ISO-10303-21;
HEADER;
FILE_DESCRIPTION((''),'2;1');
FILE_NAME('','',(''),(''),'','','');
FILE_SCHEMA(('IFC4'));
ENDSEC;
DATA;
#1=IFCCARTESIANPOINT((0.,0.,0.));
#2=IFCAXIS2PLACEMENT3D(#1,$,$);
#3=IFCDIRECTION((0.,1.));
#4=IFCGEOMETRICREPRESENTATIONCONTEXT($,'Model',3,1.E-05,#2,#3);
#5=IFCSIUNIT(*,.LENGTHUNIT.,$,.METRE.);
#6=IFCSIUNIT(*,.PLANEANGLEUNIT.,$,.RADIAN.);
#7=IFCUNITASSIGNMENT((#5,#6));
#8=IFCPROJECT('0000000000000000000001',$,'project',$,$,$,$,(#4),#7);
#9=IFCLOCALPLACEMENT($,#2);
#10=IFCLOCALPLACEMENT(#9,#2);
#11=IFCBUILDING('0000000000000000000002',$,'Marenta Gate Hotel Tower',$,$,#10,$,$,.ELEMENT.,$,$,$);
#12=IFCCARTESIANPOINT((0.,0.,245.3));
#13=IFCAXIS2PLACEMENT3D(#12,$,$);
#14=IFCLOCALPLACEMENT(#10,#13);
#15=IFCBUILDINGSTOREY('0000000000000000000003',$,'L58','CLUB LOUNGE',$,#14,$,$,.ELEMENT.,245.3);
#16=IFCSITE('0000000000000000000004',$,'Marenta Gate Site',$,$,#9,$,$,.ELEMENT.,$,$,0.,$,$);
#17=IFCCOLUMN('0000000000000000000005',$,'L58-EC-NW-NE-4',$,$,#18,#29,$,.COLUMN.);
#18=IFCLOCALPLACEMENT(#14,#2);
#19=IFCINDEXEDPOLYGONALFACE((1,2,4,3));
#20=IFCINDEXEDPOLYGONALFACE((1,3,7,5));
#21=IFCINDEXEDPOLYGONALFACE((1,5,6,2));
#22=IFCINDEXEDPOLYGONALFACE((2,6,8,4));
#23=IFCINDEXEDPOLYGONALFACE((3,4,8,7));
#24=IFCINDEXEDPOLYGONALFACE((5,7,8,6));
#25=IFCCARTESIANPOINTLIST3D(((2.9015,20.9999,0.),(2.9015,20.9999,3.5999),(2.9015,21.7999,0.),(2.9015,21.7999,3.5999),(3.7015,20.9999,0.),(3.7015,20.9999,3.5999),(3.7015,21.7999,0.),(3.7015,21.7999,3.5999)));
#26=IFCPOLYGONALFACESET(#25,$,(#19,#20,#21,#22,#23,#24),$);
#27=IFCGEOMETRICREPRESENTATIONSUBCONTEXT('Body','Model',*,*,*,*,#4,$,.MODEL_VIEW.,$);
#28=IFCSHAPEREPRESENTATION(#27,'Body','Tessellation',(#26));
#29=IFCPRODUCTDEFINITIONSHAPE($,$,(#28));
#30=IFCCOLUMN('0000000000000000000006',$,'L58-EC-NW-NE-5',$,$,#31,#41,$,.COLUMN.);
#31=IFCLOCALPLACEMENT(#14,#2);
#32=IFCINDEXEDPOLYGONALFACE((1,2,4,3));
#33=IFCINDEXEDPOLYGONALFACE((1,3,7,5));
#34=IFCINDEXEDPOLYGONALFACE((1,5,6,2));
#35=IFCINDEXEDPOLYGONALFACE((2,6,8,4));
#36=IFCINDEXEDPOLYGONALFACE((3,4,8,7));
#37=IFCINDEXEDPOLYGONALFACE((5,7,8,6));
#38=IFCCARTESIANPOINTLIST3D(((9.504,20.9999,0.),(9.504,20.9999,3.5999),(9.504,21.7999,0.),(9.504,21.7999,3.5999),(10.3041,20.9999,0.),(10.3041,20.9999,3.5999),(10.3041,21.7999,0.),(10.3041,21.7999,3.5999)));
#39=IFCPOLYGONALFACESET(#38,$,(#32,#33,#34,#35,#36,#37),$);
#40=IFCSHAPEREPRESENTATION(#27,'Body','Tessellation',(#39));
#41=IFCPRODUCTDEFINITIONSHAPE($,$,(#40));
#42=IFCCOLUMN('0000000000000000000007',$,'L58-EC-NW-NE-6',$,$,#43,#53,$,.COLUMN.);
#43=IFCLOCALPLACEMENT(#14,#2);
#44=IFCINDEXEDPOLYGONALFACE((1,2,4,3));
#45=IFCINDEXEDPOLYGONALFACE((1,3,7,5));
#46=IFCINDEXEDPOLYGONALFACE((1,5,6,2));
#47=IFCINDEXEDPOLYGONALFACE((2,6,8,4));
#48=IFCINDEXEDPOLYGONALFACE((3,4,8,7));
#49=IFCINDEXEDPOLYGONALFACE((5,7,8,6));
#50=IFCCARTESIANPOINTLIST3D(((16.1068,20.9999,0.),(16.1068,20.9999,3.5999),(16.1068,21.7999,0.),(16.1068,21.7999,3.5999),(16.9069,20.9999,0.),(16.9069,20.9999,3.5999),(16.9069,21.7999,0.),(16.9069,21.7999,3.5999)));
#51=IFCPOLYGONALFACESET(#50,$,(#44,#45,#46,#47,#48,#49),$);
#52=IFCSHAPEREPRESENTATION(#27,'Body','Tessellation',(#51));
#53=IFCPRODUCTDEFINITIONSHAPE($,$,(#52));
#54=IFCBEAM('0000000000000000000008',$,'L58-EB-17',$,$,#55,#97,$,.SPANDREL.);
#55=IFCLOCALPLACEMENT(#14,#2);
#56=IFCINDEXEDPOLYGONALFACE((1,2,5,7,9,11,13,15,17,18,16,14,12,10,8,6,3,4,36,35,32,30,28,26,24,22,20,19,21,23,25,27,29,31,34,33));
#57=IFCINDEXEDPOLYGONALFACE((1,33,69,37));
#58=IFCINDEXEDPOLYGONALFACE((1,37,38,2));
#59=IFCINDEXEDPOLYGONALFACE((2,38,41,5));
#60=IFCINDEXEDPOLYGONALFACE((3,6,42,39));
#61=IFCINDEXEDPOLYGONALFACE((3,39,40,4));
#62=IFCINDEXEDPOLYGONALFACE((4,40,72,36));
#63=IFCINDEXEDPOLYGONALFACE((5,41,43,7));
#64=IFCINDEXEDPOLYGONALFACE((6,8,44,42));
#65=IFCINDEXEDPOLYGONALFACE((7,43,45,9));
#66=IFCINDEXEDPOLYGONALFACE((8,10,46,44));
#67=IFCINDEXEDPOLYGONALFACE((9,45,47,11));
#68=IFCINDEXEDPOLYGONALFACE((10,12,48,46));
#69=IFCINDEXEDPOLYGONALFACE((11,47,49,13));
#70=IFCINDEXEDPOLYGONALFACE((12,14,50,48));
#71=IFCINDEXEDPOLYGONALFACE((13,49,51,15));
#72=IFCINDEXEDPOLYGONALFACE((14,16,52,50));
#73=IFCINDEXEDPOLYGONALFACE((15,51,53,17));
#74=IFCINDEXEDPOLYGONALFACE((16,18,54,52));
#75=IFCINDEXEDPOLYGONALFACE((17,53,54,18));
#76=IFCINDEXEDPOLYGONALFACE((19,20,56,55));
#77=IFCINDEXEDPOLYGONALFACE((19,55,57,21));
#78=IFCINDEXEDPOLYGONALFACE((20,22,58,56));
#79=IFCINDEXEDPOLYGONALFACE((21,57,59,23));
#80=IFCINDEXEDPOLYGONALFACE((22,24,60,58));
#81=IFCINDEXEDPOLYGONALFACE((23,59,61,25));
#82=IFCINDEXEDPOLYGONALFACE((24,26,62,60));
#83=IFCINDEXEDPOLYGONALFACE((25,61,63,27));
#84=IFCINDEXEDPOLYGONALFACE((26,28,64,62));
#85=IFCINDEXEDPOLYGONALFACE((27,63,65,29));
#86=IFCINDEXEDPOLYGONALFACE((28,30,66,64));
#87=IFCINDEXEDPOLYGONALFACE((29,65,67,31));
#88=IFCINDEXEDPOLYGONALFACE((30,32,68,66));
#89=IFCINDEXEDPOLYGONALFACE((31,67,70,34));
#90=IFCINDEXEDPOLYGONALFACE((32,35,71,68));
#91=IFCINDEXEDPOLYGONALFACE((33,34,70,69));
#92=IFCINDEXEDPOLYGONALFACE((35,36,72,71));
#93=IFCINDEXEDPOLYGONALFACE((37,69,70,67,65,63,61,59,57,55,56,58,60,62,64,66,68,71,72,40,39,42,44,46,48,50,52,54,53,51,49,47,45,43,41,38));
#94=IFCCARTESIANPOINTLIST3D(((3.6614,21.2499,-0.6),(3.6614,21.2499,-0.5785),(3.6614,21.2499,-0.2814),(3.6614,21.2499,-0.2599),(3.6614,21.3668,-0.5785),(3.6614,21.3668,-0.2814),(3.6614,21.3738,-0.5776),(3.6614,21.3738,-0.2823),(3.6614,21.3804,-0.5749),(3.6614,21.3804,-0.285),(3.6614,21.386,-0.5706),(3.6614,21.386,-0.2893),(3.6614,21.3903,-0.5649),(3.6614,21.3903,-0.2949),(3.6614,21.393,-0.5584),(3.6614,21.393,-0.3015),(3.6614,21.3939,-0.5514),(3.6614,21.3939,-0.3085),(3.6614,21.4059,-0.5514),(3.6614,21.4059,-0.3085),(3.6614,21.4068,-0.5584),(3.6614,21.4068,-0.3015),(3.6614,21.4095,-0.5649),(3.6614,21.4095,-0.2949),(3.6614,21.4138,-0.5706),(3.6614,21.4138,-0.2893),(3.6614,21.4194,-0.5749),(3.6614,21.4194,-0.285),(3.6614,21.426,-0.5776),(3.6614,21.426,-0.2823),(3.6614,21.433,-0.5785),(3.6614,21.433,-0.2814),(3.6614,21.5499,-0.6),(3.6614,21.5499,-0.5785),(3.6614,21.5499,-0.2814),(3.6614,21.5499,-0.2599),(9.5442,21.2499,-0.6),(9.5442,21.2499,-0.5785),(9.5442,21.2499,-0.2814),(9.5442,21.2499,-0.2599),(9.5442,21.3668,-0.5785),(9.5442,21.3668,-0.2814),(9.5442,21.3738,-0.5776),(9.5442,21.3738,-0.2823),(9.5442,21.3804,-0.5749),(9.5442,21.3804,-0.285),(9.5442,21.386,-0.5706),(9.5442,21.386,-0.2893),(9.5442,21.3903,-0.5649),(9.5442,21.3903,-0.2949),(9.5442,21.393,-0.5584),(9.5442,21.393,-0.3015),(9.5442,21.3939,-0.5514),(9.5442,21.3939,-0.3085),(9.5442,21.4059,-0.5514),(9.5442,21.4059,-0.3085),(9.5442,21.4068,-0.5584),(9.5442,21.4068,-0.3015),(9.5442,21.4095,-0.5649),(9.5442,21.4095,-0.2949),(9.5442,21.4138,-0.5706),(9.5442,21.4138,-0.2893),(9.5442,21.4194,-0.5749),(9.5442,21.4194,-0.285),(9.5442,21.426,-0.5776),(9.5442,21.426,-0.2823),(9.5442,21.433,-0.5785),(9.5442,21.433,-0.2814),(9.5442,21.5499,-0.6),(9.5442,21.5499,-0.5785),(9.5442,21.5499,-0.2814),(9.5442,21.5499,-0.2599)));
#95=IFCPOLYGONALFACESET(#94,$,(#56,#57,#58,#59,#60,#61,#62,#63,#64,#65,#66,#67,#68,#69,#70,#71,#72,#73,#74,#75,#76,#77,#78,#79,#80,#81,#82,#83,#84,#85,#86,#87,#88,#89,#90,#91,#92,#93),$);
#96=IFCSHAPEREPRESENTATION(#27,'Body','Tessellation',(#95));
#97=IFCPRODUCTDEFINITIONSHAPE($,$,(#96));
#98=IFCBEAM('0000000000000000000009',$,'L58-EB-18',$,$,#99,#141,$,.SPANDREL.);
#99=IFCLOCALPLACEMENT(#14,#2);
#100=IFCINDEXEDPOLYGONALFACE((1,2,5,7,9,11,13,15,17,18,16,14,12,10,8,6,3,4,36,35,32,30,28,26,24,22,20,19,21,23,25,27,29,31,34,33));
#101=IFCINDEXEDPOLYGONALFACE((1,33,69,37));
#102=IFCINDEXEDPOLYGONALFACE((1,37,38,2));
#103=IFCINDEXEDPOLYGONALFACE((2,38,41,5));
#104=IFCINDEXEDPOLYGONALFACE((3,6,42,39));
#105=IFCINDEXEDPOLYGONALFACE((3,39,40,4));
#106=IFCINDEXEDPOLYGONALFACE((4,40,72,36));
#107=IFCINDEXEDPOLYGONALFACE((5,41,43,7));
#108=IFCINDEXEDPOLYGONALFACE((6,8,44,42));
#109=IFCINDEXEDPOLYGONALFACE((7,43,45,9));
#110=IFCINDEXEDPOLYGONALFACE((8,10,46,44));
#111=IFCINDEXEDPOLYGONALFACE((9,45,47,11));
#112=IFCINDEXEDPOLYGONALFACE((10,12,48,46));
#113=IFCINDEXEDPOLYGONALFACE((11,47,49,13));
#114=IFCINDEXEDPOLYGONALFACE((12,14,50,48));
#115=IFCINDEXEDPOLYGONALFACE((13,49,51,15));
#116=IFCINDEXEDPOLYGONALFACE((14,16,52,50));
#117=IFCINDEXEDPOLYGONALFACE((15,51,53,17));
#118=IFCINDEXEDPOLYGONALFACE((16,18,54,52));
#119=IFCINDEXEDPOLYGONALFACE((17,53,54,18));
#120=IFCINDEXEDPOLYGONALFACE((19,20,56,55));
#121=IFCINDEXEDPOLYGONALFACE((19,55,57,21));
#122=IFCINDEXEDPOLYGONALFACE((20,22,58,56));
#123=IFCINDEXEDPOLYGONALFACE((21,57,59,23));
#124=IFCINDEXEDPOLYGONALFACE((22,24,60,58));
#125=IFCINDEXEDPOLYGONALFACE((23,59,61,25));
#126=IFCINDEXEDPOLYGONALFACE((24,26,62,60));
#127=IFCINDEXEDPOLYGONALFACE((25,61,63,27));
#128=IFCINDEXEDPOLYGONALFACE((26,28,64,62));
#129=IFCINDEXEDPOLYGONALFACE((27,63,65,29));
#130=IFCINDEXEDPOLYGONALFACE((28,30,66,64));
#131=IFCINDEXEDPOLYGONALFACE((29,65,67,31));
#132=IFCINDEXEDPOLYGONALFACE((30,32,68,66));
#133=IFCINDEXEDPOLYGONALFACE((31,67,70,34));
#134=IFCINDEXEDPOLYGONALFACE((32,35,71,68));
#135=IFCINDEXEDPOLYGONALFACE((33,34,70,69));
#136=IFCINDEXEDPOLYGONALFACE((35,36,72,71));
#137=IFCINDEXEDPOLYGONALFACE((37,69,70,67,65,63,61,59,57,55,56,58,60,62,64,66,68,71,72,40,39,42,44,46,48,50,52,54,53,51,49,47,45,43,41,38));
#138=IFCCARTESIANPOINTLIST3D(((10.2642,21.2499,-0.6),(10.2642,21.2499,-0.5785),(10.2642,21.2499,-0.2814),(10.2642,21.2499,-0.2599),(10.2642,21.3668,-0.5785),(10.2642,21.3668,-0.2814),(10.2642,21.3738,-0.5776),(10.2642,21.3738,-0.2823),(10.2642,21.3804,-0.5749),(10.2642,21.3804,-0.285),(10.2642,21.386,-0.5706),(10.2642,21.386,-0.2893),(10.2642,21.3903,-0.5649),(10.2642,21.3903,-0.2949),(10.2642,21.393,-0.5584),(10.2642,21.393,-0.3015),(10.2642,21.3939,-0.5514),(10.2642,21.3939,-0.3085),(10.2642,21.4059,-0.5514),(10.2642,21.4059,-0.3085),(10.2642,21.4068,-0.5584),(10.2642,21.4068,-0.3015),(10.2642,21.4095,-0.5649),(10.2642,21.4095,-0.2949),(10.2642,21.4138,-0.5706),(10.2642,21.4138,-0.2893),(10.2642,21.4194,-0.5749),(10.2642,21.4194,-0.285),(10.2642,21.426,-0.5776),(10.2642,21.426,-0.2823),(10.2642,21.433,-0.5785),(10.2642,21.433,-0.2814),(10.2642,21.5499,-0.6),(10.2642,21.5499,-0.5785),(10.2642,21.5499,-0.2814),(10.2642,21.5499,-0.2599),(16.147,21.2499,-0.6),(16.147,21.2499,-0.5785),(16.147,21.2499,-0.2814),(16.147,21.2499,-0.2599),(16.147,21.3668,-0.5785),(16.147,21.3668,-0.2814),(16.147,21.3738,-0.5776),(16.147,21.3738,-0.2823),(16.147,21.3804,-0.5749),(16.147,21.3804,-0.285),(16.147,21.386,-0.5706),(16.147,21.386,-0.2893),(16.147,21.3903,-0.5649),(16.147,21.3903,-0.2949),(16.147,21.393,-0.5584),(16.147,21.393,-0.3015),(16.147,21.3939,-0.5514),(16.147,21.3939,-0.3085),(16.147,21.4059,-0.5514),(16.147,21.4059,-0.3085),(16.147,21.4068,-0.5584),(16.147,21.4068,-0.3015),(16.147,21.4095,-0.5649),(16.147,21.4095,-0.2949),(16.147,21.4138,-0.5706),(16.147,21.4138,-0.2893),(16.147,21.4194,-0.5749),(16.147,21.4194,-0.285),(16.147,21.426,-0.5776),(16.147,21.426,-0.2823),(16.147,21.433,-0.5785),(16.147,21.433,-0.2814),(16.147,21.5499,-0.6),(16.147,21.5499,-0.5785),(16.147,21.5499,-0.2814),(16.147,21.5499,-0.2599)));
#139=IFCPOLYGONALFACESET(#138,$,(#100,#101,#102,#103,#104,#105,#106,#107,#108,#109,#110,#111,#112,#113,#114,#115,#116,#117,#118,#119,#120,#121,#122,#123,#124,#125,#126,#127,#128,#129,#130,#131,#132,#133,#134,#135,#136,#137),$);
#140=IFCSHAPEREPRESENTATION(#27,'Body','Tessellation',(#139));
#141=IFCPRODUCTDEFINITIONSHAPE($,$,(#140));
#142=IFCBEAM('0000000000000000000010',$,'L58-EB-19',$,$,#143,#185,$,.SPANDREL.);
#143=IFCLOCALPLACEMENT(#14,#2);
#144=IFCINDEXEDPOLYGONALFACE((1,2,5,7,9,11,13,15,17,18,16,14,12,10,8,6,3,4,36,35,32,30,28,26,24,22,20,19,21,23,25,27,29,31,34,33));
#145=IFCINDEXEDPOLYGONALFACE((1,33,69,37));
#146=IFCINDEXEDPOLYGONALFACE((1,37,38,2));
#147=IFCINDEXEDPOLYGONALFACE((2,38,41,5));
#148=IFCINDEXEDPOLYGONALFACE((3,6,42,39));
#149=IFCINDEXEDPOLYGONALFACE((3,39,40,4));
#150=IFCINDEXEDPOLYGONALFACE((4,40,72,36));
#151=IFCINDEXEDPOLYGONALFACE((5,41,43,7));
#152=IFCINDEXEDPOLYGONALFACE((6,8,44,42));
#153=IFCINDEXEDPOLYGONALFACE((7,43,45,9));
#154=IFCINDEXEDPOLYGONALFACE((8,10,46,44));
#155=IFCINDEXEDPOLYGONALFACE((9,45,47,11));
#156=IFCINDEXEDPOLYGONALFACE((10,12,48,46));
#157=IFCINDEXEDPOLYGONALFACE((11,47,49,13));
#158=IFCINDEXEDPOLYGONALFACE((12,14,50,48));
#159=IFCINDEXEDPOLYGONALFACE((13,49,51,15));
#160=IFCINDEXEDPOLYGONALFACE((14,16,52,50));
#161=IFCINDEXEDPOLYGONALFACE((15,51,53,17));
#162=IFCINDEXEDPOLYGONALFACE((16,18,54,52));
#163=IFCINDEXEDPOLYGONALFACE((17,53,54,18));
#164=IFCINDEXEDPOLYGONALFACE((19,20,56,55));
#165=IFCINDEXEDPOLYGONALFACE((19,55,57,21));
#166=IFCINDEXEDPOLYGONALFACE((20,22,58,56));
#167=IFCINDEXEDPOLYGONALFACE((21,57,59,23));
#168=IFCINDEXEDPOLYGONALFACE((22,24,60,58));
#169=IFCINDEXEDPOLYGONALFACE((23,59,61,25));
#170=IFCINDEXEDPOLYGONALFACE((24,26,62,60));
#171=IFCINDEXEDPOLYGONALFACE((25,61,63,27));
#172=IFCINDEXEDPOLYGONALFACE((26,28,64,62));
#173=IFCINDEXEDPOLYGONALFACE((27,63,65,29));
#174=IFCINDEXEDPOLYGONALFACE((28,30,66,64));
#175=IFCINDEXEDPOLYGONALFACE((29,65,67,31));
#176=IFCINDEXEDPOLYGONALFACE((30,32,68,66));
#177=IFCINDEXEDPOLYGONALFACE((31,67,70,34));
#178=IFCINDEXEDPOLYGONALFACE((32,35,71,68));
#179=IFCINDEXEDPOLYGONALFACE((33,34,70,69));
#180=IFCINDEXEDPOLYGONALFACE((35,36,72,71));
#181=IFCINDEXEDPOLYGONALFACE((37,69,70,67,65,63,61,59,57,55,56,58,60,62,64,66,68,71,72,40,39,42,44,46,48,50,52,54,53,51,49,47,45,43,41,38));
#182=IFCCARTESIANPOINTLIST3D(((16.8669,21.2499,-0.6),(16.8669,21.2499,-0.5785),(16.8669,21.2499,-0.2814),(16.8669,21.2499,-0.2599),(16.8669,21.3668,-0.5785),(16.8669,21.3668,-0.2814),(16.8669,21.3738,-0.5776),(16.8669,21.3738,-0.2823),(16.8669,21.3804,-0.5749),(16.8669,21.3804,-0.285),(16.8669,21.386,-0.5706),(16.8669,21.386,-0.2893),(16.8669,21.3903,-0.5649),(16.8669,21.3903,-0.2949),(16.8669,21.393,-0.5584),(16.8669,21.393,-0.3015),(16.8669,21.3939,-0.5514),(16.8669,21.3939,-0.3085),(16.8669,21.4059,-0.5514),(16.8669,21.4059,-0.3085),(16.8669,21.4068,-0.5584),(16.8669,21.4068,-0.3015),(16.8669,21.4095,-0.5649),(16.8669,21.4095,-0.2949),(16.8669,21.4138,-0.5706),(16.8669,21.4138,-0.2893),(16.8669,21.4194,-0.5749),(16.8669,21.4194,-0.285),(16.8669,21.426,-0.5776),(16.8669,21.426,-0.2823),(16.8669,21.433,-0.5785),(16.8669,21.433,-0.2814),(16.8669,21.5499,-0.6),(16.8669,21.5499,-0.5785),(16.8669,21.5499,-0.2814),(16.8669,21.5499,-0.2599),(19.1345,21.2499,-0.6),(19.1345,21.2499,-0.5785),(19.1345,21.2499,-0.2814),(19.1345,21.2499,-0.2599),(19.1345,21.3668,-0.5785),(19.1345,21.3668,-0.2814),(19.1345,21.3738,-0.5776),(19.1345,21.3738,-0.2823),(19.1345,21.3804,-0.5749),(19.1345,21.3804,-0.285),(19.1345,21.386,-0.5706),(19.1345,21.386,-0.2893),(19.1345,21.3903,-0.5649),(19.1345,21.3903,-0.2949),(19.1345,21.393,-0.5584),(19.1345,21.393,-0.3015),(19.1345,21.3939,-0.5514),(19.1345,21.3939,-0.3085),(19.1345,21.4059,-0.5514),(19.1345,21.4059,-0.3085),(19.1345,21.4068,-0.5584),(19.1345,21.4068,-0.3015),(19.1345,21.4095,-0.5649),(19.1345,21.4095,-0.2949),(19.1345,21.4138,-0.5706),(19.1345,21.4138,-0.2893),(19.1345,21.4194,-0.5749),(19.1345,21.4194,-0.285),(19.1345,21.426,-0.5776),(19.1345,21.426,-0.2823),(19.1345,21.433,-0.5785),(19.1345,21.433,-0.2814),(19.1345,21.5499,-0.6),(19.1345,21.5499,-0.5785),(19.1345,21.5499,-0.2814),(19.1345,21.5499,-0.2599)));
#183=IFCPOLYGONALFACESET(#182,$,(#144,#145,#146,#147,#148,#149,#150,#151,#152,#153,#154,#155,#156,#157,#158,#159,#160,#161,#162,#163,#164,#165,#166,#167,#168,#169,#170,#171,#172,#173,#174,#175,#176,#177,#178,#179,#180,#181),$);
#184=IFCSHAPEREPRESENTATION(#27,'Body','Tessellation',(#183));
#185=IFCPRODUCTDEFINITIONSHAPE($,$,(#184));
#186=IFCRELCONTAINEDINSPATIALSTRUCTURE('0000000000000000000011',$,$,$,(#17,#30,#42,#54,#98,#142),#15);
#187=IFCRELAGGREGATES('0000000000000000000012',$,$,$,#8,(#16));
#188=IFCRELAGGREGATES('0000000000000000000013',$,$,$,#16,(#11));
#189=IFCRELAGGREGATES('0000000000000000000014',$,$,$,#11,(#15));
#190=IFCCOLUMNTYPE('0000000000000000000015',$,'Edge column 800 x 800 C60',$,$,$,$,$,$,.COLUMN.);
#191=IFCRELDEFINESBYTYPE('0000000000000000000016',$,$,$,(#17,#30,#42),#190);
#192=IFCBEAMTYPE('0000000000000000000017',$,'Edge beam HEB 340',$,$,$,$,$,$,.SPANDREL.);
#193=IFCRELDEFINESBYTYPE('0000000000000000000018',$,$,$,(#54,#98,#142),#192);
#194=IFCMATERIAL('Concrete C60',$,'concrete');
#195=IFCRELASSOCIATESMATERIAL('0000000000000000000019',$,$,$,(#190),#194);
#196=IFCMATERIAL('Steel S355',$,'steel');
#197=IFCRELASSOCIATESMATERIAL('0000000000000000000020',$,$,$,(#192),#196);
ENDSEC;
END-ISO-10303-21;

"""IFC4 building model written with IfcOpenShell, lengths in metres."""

from ifc_helpers import new_model, si_unit, direction, frame, origin, origin_2d, place, context, subcontext, project, spatial, rectangle, i_section, extrude, material, material_profile, profile_set, type_object, element, save


model = new_model("IFC4")

# Units and contexts
model_context = context("Model", 3, precision=1e-05, world=origin(), true_north=direction((0.0, 1.0)))
body_context = subcontext(model_context, "Body", "Model", "MODEL_VIEW")
ifc_project = project(units=[si_unit("LENGTHUNIT", "METRE"), si_unit("PLANEANGLEUNIT", "RADIAN")], contexts=[model_context])

# Site, building, storey
site_placement = place(None, origin())
site = spatial("IfcSite", under=ifc_project, at=site_placement, Name="Marenta Gate Site", CompositionType="ELEMENT", RefElevation=0.0)
building_placement = place(site_placement, origin())
building = spatial("IfcBuilding", under=site, at=building_placement, Name="Marenta Gate Hotel Tower", CompositionType="ELEMENT")
storey_placement = place(building_placement, frame((0.0, 0.0, 245.3)))
storey = spatial("IfcBuildingStorey", under=building, at=storey_placement, Name="L58", Description="CLUB LOUNGE", CompositionType="ELEMENT", Elevation=245.3)

# Columns
ifc_material_1 = material(Name="Concrete C60", Category="concrete")
ifc_material_profile_1 = material_profile(ifc_material_1, rectangle(XDim=0.8, YDim=0.8, at=origin_2d()), Name="800 x 800")
ifc_profile_set_1 = profile_set([ifc_material_profile_1], Name="Concrete C60")
column_type = type_object("IfcColumnType", Name="Edge column 800 x 800 C60", PredefinedType="COLUMN", material=ifc_profile_set_1)
for number, where, z_axis, x_axis, name in (
    (1, (3.3015, 21.3999, 0.0), (0.0, 0.0, 1.0), (1.0, 0.0, 0.0), "L58-EC-NW-NE-4"),
    (2, (9.9041, 21.3999, 0.0), (0.0, 0.0, 1.0), (1.0, 0.0, 0.0), "L58-EC-NW-NE-5"),
    (3, (16.5068, 21.3999, 0.0), (0.0, 0.0, 1.0), (1.0, 0.0, 0.0), "L58-EC-NW-NE-6"),
):
    element("IfcColumn", number, at=place(storey_placement, frame(where, z_axis=z_axis, x_axis=x_axis)), inside=storey, type_object=column_type, Name=name, PredefinedType="COLUMN", context=body_context, shape_type="SweptSolid", body=[
        extrude(rectangle(XDim=0.8, YDim=0.8, at=origin_2d()), origin(), (0.0, 0.0, 1.0), 3.5999),
    ])

# Beams
ifc_material_2 = material(Name="Steel S355", Category="steel")
ifc_material_profile_2 = material_profile(ifc_material_2, i_section(OverallWidth=0.3, OverallDepth=0.3401, WebThickness=0.012, FlangeThickness=0.0215, FilletRadius=0.0271, at=origin_2d()), Name="HEB 340")
ifc_profile_set_2 = profile_set([ifc_material_profile_2], Name="Steel S355")
beam_type_1 = type_object("IfcBeamType", Name="Edge beam HEB 340", PredefinedType="SPANDREL", material=ifc_profile_set_2)
for number, where, z_axis, x_axis, name in (
    (4, (3.6614, 21.3999, -0.4299), (1.0, 0.0, 0.0), (0.0, 1.0, 0.0), "L58-EB-17"),
    (5, (10.2642, 21.3999, -0.4299), (1.0, 0.0, 0.0), (0.0, 1.0, 0.0), "L58-EB-18"),
):
    element("IfcBeam", number, at=place(storey_placement, frame(where, z_axis=z_axis, x_axis=x_axis)), inside=storey, type_object=beam_type_1, Name=name, PredefinedType="SPANDREL", context=body_context, shape_type="SweptSolid", body=[
        extrude(i_section(OverallWidth=0.3, OverallDepth=0.3401, WebThickness=0.012, FlangeThickness=0.0215, FilletRadius=0.0271, at=origin_2d()), origin(), (0.0, 0.0, 1.0), 5.8828),
    ])
beam_placement = place(storey_placement, frame((16.8669, 21.3999, -0.4299), z_axis=(1.0, 0.0, 0.0), x_axis=(0.0, 1.0, 0.0)))
element("IfcBeam", 6, at=beam_placement, inside=storey, type_object=beam_type_1, Name="L58-EB-19", PredefinedType="SPANDREL", context=body_context, shape_type="SweptSolid", body=[
    extrude(i_section(OverallWidth=0.3, OverallDepth=0.3401, WebThickness=0.012, FlangeThickness=0.0215, FilletRadius=0.0271, at=origin_2d()), origin(), (0.0, 0.0, 1.0), 2.2676),
])

save(model, "model.ifc")
